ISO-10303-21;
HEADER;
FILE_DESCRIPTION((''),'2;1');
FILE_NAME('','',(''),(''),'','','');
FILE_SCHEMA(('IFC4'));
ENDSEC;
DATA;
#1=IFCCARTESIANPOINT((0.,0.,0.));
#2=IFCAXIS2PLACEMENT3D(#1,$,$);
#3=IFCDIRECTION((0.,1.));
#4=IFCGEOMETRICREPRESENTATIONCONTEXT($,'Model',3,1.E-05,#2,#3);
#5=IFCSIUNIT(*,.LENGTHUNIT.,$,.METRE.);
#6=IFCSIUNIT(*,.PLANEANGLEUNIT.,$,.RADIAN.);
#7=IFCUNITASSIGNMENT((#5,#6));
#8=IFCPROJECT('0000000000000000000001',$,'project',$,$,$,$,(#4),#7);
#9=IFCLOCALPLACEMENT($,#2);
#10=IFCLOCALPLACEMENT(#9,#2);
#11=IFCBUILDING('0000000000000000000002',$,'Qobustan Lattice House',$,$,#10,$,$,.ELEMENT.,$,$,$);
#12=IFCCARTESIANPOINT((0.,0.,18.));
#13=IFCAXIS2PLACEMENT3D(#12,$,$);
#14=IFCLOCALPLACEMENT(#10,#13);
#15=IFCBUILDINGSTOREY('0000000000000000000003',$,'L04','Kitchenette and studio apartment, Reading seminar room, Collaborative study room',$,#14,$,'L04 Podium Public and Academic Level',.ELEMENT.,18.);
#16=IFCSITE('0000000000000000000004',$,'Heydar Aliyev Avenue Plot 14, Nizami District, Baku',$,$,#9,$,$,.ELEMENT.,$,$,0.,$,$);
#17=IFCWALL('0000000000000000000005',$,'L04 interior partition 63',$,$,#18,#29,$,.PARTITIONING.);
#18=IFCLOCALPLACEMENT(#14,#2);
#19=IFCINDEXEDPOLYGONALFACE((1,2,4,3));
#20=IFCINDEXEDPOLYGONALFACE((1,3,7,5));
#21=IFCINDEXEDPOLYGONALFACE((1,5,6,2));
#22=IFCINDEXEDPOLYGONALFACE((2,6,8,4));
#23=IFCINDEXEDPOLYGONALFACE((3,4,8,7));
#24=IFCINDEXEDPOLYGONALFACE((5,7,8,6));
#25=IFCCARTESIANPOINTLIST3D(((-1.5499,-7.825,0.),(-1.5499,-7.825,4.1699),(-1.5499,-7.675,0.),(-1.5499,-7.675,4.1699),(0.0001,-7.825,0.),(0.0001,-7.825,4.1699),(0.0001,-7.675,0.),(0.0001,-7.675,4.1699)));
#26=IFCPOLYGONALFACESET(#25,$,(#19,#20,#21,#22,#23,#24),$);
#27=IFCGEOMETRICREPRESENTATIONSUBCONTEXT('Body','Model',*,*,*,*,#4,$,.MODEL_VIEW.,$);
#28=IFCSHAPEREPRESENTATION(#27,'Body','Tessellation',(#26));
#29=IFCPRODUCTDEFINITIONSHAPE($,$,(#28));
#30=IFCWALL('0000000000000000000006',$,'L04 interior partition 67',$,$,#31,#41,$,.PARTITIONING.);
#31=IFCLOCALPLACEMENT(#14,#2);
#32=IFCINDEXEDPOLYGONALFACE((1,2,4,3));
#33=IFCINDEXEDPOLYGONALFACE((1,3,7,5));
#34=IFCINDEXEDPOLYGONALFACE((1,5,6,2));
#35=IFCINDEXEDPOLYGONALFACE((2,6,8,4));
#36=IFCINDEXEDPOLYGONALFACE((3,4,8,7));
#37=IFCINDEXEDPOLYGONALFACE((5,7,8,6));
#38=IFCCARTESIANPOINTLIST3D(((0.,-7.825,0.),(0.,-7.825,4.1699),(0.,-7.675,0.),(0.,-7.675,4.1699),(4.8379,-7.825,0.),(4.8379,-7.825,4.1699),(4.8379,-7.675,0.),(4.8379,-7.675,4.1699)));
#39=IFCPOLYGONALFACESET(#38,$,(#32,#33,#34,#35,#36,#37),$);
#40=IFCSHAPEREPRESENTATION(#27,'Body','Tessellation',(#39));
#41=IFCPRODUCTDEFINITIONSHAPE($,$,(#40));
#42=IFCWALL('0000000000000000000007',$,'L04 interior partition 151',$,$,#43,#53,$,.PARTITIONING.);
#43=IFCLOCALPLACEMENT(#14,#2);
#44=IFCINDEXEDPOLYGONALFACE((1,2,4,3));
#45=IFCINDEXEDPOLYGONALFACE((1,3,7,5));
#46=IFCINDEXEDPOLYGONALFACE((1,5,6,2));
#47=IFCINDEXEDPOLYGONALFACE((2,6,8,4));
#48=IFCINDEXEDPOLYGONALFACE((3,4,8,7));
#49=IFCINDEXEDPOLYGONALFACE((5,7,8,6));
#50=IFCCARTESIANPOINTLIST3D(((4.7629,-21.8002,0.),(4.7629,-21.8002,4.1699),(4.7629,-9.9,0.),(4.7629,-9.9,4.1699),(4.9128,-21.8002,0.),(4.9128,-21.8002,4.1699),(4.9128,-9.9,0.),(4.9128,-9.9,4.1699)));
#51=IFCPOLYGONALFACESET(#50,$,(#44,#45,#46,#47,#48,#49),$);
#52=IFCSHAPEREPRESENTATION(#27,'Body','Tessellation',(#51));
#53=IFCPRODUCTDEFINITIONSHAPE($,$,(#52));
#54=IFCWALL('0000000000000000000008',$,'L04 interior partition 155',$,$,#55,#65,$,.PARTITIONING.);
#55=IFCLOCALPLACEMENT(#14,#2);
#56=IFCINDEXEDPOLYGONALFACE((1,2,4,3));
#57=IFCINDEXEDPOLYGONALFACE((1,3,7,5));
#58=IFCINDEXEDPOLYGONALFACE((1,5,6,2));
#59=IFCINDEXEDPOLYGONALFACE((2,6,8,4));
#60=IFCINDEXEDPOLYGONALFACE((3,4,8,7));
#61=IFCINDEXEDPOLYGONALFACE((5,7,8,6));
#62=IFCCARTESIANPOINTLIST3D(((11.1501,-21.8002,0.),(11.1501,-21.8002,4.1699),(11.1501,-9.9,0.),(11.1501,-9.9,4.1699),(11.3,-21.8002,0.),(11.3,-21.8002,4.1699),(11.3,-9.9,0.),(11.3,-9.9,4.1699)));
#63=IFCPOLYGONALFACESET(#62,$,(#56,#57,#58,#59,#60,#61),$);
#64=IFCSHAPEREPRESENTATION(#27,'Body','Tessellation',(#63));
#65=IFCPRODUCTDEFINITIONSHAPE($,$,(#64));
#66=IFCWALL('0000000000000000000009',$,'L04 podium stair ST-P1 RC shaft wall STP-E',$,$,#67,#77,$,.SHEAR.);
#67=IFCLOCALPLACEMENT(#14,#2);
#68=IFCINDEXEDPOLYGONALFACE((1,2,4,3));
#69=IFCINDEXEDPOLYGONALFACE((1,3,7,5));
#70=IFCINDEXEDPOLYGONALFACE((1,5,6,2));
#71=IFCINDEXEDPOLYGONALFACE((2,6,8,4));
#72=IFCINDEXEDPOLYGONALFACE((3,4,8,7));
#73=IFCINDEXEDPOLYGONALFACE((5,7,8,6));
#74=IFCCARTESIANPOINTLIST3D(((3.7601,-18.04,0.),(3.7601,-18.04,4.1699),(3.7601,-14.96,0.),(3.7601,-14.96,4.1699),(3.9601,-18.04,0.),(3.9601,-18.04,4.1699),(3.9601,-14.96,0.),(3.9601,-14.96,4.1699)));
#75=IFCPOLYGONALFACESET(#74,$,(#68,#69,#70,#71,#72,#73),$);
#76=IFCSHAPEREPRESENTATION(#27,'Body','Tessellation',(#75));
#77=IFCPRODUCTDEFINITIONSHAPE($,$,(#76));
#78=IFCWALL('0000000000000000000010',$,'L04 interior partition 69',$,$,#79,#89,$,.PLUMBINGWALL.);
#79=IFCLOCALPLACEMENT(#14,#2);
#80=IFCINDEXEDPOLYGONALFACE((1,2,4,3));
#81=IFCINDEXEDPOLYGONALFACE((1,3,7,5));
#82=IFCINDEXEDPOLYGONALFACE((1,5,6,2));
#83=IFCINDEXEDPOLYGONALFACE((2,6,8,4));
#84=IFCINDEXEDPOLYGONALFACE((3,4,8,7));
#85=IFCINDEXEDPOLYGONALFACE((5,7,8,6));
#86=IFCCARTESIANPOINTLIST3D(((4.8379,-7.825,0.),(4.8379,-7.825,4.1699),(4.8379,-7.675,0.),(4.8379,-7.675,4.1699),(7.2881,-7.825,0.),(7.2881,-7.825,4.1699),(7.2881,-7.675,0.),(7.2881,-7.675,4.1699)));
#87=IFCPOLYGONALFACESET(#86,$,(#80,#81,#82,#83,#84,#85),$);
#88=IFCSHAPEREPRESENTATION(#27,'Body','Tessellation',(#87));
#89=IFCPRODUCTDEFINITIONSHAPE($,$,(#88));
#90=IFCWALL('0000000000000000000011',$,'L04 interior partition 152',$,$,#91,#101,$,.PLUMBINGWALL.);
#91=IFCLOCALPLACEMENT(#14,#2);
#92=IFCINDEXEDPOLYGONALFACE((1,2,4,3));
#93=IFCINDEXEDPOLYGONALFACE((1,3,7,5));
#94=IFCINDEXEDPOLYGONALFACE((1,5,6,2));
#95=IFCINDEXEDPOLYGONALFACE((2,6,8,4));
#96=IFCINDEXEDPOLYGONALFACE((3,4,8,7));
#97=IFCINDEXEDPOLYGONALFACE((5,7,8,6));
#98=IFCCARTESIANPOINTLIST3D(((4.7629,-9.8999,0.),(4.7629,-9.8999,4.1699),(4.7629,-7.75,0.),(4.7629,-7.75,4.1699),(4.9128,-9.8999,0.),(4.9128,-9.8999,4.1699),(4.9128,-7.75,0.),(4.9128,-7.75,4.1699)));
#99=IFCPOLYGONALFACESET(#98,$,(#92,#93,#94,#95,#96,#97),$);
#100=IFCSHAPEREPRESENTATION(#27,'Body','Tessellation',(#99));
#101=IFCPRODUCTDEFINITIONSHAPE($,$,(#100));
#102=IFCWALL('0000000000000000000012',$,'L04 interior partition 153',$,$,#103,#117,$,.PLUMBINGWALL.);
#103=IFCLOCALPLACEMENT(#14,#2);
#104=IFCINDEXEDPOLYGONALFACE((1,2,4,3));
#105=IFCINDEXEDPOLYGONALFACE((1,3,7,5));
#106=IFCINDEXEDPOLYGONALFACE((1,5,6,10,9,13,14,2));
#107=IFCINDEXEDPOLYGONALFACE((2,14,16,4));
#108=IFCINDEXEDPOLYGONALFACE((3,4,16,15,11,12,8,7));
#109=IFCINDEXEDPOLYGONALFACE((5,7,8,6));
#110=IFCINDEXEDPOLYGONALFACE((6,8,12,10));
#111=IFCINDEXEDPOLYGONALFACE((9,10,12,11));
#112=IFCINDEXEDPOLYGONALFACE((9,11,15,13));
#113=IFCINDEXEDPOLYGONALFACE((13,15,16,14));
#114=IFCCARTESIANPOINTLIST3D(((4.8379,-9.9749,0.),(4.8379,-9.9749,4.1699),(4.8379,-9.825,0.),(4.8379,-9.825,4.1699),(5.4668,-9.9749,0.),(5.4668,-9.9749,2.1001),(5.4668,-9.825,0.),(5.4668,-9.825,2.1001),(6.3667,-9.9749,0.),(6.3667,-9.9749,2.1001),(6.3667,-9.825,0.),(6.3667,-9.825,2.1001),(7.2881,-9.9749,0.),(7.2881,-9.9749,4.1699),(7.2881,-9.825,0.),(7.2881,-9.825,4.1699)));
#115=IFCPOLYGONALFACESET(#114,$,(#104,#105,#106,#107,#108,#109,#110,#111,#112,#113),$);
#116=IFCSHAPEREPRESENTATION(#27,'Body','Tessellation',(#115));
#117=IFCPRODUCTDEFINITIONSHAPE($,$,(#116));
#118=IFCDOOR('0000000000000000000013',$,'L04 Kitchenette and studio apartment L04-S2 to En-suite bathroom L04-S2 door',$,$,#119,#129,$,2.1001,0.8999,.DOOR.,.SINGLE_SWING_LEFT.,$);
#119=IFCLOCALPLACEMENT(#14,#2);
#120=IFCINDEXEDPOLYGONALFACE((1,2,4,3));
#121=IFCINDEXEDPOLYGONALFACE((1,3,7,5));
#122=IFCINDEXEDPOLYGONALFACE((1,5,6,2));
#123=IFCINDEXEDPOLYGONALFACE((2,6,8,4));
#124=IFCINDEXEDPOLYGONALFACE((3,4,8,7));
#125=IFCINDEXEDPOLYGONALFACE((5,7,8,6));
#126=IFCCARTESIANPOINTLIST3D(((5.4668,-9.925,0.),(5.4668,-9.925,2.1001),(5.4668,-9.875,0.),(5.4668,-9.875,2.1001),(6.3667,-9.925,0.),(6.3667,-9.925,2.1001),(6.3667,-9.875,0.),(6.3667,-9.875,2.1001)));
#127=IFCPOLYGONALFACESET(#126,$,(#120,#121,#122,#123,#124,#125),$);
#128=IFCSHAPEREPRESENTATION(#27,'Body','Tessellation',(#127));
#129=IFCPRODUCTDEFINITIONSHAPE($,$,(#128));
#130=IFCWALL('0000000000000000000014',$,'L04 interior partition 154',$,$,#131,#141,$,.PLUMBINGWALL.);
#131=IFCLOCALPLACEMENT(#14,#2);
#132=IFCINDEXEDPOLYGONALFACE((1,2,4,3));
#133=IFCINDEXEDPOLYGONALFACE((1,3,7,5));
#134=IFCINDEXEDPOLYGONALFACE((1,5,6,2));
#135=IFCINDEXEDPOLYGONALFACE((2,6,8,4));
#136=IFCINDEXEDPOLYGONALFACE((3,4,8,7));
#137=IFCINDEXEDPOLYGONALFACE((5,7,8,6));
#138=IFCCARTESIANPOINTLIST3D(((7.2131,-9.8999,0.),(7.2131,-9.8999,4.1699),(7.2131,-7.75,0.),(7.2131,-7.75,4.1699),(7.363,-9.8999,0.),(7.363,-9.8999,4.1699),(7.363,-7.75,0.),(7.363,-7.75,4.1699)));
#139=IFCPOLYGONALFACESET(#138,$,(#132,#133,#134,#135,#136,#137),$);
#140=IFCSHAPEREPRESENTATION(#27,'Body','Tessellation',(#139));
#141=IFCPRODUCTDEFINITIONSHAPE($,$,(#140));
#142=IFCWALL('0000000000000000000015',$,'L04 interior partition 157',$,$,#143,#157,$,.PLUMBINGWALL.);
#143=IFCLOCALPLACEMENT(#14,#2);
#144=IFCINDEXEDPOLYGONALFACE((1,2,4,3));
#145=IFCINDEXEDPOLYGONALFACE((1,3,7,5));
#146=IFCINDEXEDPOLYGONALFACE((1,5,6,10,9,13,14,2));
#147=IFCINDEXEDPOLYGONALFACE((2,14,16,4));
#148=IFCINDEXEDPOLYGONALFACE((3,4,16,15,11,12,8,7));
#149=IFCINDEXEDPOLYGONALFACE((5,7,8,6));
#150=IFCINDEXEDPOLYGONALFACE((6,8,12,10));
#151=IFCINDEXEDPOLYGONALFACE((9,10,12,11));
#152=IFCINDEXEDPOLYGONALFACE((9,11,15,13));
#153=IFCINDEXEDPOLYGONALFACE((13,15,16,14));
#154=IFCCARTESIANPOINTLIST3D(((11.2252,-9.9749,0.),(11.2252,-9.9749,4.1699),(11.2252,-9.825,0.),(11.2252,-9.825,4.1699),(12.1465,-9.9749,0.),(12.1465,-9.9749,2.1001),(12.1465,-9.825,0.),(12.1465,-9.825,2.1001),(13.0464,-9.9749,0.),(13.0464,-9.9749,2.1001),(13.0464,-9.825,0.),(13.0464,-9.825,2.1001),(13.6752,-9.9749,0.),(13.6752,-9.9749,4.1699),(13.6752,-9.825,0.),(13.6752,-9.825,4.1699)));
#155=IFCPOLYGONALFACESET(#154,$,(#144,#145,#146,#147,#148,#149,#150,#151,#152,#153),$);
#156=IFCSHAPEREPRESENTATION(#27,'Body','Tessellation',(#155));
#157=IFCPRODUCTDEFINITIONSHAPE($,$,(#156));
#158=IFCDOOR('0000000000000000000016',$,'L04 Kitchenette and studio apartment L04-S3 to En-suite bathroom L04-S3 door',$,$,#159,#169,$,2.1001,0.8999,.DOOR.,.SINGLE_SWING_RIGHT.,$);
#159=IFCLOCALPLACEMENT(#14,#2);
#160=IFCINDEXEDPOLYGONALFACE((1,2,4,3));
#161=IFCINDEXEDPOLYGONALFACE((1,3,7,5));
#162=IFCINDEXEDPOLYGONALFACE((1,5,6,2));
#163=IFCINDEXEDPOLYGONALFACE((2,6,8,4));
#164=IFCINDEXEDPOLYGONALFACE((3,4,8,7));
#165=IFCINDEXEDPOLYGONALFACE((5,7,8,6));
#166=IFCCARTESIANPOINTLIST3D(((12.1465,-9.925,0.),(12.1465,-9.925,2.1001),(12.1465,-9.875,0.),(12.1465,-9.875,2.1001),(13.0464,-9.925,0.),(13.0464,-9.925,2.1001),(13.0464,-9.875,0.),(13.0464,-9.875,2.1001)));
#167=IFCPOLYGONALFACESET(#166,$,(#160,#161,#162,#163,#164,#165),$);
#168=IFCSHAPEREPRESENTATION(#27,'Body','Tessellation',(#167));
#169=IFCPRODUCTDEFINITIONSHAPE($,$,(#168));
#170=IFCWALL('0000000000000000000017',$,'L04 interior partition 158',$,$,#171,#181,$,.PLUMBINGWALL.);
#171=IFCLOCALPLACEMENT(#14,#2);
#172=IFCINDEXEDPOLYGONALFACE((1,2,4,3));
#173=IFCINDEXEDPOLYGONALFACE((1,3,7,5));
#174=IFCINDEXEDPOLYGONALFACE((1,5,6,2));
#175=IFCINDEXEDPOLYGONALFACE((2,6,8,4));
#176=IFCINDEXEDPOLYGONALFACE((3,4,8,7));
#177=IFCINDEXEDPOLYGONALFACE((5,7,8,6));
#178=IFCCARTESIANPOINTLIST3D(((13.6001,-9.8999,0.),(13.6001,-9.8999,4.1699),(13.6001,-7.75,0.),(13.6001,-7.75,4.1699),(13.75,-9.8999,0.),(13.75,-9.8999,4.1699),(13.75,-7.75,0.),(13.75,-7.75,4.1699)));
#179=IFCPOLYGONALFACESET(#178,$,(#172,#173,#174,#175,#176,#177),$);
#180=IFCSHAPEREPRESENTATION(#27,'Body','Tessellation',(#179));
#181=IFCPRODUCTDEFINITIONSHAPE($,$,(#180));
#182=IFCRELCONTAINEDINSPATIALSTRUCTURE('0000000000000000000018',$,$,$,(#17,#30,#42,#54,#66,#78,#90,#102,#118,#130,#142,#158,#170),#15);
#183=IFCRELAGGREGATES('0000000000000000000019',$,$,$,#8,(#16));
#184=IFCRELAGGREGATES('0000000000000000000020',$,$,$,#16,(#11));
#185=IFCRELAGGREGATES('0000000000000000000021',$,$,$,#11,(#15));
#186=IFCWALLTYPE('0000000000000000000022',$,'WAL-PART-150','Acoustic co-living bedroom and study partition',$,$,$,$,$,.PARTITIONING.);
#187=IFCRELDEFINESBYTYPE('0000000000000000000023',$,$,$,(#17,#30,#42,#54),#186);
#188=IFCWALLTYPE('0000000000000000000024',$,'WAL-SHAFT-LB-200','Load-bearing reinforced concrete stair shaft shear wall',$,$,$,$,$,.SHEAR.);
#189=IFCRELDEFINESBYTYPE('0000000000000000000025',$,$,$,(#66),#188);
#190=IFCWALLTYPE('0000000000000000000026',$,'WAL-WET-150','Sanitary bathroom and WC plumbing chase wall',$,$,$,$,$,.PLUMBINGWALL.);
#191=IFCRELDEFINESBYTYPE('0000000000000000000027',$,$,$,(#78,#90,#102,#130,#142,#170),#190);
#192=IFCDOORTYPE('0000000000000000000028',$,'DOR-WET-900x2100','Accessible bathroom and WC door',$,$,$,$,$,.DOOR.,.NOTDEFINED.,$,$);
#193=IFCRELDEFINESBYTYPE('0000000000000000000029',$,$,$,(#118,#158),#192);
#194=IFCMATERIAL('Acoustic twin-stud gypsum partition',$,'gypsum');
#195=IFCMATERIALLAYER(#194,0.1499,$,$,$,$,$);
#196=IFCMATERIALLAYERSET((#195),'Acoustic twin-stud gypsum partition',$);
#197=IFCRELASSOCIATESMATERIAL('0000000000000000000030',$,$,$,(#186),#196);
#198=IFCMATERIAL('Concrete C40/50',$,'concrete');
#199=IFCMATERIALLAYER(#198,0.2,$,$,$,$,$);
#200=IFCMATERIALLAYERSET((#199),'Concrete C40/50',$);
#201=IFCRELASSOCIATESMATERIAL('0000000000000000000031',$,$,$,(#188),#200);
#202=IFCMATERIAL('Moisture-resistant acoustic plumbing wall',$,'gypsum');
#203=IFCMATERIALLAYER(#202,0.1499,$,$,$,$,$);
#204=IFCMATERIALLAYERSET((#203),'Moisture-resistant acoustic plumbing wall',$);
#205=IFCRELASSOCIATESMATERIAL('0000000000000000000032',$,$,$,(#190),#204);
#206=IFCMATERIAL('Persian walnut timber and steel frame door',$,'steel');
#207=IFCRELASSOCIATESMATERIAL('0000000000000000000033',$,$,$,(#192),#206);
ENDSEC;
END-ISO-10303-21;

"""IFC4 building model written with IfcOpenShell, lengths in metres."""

from ifc_helpers import new_model, si_unit, direction, frame, frame_2d, origin, place, context, subcontext, project, spatial, rectangle, extrude, material, layer, layer_set, type_object, element, fill, save


model = new_model("IFC4")

# Units and contexts
model_context = context("Model", 3, precision=1e-05, world=origin(), true_north=direction((0.0, 1.0)))
body_context = subcontext(model_context, "Body", "Model", "MODEL_VIEW")
ifc_project = project(units=[si_unit("LENGTHUNIT", "METRE"), si_unit("PLANEANGLEUNIT", "RADIAN")], contexts=[model_context])

# Site, building, storey
site_placement = place(None, origin())
site = spatial("IfcSite", under=ifc_project, at=site_placement, Name="Heydar Aliyev Avenue Plot 14, Nizami District, Baku", CompositionType="ELEMENT", RefElevation=0.0)
building_placement = place(site_placement, origin())
building = spatial("IfcBuilding", under=site, at=building_placement, Name="Qobustan Lattice House", CompositionType="ELEMENT")
storey_placement = place(building_placement, frame((0.0, 0.0, 18.0)))
storey = spatial("IfcBuildingStorey", under=building, at=storey_placement, Name="L04", Description="Kitchenette and studio apartment, Reading seminar room, Collaborative study room", LongName="L04 Podium Public and Academic Level", CompositionType="ELEMENT", Elevation=18.0)

# Walls
ifc_material_1 = material(Name="Acoustic twin-stud gypsum partition", Category="gypsum")
ifc_layer_1 = layer(ifc_material_1, 0.1499)
ifc_layer_set_1 = layer_set([ifc_layer_1], Name="Acoustic twin-stud gypsum partition")
wall_type_1 = type_object("IfcWallType", Name="WAL-PART-150", Description="Acoustic co-living bedroom and study partition", PredefinedType="PARTITIONING", material=ifc_layer_set_1)
wall_1_placement = place(storey_placement, frame((0.0, -7.75, 0.0), z_axis=(0.0, 0.0, 1.0), x_axis=(-1.0, 0.0, 0.0)))
element("IfcWall", 1, at=wall_1_placement, inside=storey, type_object=wall_type_1, Name="L04 interior partition 63", PredefinedType="PARTITIONING", context=body_context, shape_type="SweptSolid", body=[
    extrude(rectangle(XDim=1.55, YDim=0.1499, at=frame_2d((0.7749, 0.0))), origin(), (0.0, 0.0, 1.0), 4.1699),
])
wall_2_placement = place(storey_placement, frame((4.8379, -7.75, 0.0), z_axis=(0.0, 0.0, 1.0), x_axis=(-1.0, 0.0, 0.0)))
element("IfcWall", 2, at=wall_2_placement, inside=storey, type_object=wall_type_1, Name="L04 interior partition 67", PredefinedType="PARTITIONING", context=body_context, shape_type="SweptSolid", body=[
    extrude(rectangle(XDim=4.8379, YDim=0.1499, at=frame_2d((2.4189, 0.0))), origin(), (0.0, 0.0, 1.0), 4.1699),
])
for number, where, z_axis, x_axis, name in (
    (3, (4.8379, -9.8999, 0.0), (0.0, 0.0, 1.0), (0.0, -1.0, 0.0), "L04 interior partition 151"),
    (4, (11.2251, -9.8999, 0.0), (0.0, 0.0, 1.0), (0.0, -1.0, 0.0), "L04 interior partition 155"),
):
    element("IfcWall", number, at=place(storey_placement, frame(where, z_axis=z_axis, x_axis=x_axis)), inside=storey, type_object=wall_type_1, Name=name, PredefinedType="PARTITIONING", context=body_context, shape_type="SweptSolid", body=[
        extrude(rectangle(XDim=11.9001, YDim=0.1499, at=frame_2d((5.9502, 0.0))), origin(), (0.0, 0.0, 1.0), 4.1699),
    ])
ifc_material_2 = material(Name="Concrete C40/50", Category="concrete")
ifc_layer_2 = layer(ifc_material_2, 0.2)
ifc_layer_set_2 = layer_set([ifc_layer_2], Name="Concrete C40/50")
wall_type_2 = type_object("IfcWallType", Name="WAL-SHAFT-LB-200", Description="Load-bearing reinforced concrete stair shaft shear wall", PredefinedType="SHEAR", material=ifc_layer_set_2)
wall_3_placement = place(storey_placement, frame((3.8601, -18.04, 0.0), z_axis=(0.0, 0.0, 1.0), x_axis=(0.0, 1.0, 0.0)))
element("IfcWall", 5, at=wall_3_placement, inside=storey, type_object=wall_type_2, Name="L04 podium stair ST-P1 RC shaft wall STP-E", PredefinedType="SHEAR", context=body_context, shape_type="SweptSolid", body=[
    extrude(rectangle(XDim=3.0801, YDim=0.2, at=frame_2d((1.54, 0.0))), origin(), (0.0, 0.0, 1.0), 4.1699),
])
ifc_material_3 = material(Name="Moisture-resistant acoustic plumbing wall", Category="gypsum")
ifc_layer_3 = layer(ifc_material_3, 0.1499)
ifc_layer_set_3 = layer_set([ifc_layer_3], Name="Moisture-resistant acoustic plumbing wall")
wall_type_3 = type_object("IfcWallType", Name="WAL-WET-150", Description="Sanitary bathroom and WC plumbing chase wall", PredefinedType="PLUMBINGWALL", material=ifc_layer_set_3)
wall_4_placement = place(storey_placement, frame((7.2881, -7.75, 0.0), z_axis=(0.0, 0.0, 1.0), x_axis=(-1.0, 0.0, 0.0)))
element("IfcWall", 6, at=wall_4_placement, inside=storey, type_object=wall_type_3, Name="L04 interior partition 69", PredefinedType="PLUMBINGWALL", context=body_context, shape_type="SweptSolid", body=[
    extrude(rectangle(XDim=2.4502, YDim=0.1499, at=frame_2d((1.2251, 0.0))), origin(), (0.0, 0.0, 1.0), 4.1699),
])
wall_5_placement = place(storey_placement, frame((4.8379, -7.75, 0.0), z_axis=(0.0, 0.0, 1.0), x_axis=(0.0, -1.0, 0.0)))
element("IfcWall", 7, at=wall_5_placement, inside=storey, type_object=wall_type_3, Name="L04 interior partition 152", PredefinedType="PLUMBINGWALL", context=body_context, shape_type="SweptSolid", body=[
    extrude(rectangle(XDim=2.1499, YDim=0.1499, at=frame_2d((1.075, 0.0))), origin(), (0.0, 0.0, 1.0), 4.1699),
])

# Wall, opening, door
wall_6_placement = place(storey_placement, frame((4.8379, -9.8999, 0.0), z_axis=(0.0, 0.0, 1.0), x_axis=(1.0, 0.0, 0.0)))
wall_6 = element("IfcWall", 8, at=wall_6_placement, inside=storey, type_object=wall_type_3, Name="L04 interior partition 153", PredefinedType="PLUMBINGWALL", context=body_context, shape_type="SweptSolid", body=[
    extrude(rectangle(XDim=2.4502, YDim=0.1499, at=frame_2d((1.2251, 0.0))), origin(), (0.0, 0.0, 1.0), 4.1699),
])
opening_1_placement = place(wall_6_placement, frame((0.6289, 0.0, 0.0)))
opening_1 = element("IfcOpeningElement", 9, at=opening_1_placement, cuts=wall_6, PredefinedType="OPENING", context=body_context, shape_type="SweptSolid", body=[
    extrude(rectangle(XDim=0.8999, YDim=2.1001, at=frame_2d((0.45, 1.05))), frame((0.0, 0.085, 0.0), z_axis=(0.0, -1.0, 0.0), x_axis=(1.0, 0.0, 0.0)), (0.0, 0.0, 1.0), 0.1699),
])
ifc_material_4 = material(Name="Persian walnut timber and steel frame door", Category="steel")
door_type_1 = type_object("IfcDoorType", Name="DOR-WET-900x2100", Description="Accessible bathroom and WC door", OperationType="NOTDEFINED", PredefinedType="DOOR", material=ifc_material_4)
door_1_placement = place(opening_1_placement, origin())
door_1 = element("IfcDoor", 10, at=door_1_placement, inside=storey, type_object=door_type_1, Name="L04 Kitchenette and studio apartment L04-S2 to En-suite bathroom L04-S2 door", OperationType="SINGLE_SWING_LEFT", OverallHeight=2.1001, OverallWidth=0.8999, PredefinedType="DOOR", context=body_context, shape_type="SweptSolid", body=[
    extrude(rectangle(XDim=0.8999, YDim=2.1001, at=frame_2d((0.45, 1.05))), frame((0.0, 0.0249, 0.0), z_axis=(0.0, -1.0, 0.0), x_axis=(1.0, 0.0, 0.0)), (0.0, 0.0, 1.0), 0.05),
])
fill(opening_1, door_1)

# Wall
wall_7_placement = place(storey_placement, frame((7.2881, -9.8999, 0.0), z_axis=(0.0, 0.0, 1.0), x_axis=(0.0, 1.0, 0.0)))
element("IfcWall", 11, at=wall_7_placement, inside=storey, type_object=wall_type_3, Name="L04 interior partition 154", PredefinedType="PLUMBINGWALL", context=body_context, shape_type="SweptSolid", body=[
    extrude(rectangle(XDim=2.1499, YDim=0.1499, at=frame_2d((1.075, 0.0))), origin(), (0.0, 0.0, 1.0), 4.1699),
])

# Wall, opening, door
wall_8_placement = place(storey_placement, frame((11.2251, -9.8999, 0.0), z_axis=(0.0, 0.0, 1.0), x_axis=(1.0, 0.0, 0.0)))
wall_8 = element("IfcWall", 12, at=wall_8_placement, inside=storey, type_object=wall_type_3, Name="L04 interior partition 157", PredefinedType="PLUMBINGWALL", context=body_context, shape_type="SweptSolid", body=[
    extrude(rectangle(XDim=2.45, YDim=0.1499, at=frame_2d((1.2251, 0.0))), origin(), (0.0, 0.0, 1.0), 4.1699),
])
opening_2_placement = place(wall_8_placement, frame((0.9214, 0.0, 0.0)))
opening_2 = element("IfcOpeningElement", 13, at=opening_2_placement, cuts=wall_8, PredefinedType="OPENING", context=body_context, shape_type="SweptSolid", body=[
    extrude(rectangle(XDim=0.8999, YDim=2.1001, at=frame_2d((0.45, 1.05))), frame((0.0, 0.085, 0.0), z_axis=(0.0, -1.0, 0.0), x_axis=(1.0, 0.0, 0.0)), (0.0, 0.0, 1.0), 0.1699),
])
door_2_placement = place(opening_2_placement, origin())
door_2 = element("IfcDoor", 14, at=door_2_placement, inside=storey, type_object=door_type_1, Name="L04 Kitchenette and studio apartment L04-S3 to En-suite bathroom L04-S3 door", OperationType="SINGLE_SWING_RIGHT", OverallHeight=2.1001, OverallWidth=0.8999, PredefinedType="DOOR", context=body_context, shape_type="SweptSolid", body=[
    extrude(rectangle(XDim=0.8999, YDim=2.1001, at=frame_2d((0.45, 1.05))), frame((0.0, 0.0249, 0.0), z_axis=(0.0, -1.0, 0.0), x_axis=(1.0, 0.0, 0.0)), (0.0, 0.0, 1.0), 0.05),
])
fill(opening_2, door_2)

# Wall
wall_9_placement = place(storey_placement, frame((13.675, -9.8999, 0.0), z_axis=(0.0, 0.0, 1.0), x_axis=(0.0, 1.0, 0.0)))
element("IfcWall", 15, at=wall_9_placement, inside=storey, type_object=wall_type_3, Name="L04 interior partition 158", PredefinedType="PLUMBINGWALL", context=body_context, shape_type="SweptSolid", body=[
    extrude(rectangle(XDim=2.1499, YDim=0.1499, at=frame_2d((1.075, 0.0))), origin(), (0.0, 0.0, 1.0), 4.1699),
])

save(model, "model.ifc")
